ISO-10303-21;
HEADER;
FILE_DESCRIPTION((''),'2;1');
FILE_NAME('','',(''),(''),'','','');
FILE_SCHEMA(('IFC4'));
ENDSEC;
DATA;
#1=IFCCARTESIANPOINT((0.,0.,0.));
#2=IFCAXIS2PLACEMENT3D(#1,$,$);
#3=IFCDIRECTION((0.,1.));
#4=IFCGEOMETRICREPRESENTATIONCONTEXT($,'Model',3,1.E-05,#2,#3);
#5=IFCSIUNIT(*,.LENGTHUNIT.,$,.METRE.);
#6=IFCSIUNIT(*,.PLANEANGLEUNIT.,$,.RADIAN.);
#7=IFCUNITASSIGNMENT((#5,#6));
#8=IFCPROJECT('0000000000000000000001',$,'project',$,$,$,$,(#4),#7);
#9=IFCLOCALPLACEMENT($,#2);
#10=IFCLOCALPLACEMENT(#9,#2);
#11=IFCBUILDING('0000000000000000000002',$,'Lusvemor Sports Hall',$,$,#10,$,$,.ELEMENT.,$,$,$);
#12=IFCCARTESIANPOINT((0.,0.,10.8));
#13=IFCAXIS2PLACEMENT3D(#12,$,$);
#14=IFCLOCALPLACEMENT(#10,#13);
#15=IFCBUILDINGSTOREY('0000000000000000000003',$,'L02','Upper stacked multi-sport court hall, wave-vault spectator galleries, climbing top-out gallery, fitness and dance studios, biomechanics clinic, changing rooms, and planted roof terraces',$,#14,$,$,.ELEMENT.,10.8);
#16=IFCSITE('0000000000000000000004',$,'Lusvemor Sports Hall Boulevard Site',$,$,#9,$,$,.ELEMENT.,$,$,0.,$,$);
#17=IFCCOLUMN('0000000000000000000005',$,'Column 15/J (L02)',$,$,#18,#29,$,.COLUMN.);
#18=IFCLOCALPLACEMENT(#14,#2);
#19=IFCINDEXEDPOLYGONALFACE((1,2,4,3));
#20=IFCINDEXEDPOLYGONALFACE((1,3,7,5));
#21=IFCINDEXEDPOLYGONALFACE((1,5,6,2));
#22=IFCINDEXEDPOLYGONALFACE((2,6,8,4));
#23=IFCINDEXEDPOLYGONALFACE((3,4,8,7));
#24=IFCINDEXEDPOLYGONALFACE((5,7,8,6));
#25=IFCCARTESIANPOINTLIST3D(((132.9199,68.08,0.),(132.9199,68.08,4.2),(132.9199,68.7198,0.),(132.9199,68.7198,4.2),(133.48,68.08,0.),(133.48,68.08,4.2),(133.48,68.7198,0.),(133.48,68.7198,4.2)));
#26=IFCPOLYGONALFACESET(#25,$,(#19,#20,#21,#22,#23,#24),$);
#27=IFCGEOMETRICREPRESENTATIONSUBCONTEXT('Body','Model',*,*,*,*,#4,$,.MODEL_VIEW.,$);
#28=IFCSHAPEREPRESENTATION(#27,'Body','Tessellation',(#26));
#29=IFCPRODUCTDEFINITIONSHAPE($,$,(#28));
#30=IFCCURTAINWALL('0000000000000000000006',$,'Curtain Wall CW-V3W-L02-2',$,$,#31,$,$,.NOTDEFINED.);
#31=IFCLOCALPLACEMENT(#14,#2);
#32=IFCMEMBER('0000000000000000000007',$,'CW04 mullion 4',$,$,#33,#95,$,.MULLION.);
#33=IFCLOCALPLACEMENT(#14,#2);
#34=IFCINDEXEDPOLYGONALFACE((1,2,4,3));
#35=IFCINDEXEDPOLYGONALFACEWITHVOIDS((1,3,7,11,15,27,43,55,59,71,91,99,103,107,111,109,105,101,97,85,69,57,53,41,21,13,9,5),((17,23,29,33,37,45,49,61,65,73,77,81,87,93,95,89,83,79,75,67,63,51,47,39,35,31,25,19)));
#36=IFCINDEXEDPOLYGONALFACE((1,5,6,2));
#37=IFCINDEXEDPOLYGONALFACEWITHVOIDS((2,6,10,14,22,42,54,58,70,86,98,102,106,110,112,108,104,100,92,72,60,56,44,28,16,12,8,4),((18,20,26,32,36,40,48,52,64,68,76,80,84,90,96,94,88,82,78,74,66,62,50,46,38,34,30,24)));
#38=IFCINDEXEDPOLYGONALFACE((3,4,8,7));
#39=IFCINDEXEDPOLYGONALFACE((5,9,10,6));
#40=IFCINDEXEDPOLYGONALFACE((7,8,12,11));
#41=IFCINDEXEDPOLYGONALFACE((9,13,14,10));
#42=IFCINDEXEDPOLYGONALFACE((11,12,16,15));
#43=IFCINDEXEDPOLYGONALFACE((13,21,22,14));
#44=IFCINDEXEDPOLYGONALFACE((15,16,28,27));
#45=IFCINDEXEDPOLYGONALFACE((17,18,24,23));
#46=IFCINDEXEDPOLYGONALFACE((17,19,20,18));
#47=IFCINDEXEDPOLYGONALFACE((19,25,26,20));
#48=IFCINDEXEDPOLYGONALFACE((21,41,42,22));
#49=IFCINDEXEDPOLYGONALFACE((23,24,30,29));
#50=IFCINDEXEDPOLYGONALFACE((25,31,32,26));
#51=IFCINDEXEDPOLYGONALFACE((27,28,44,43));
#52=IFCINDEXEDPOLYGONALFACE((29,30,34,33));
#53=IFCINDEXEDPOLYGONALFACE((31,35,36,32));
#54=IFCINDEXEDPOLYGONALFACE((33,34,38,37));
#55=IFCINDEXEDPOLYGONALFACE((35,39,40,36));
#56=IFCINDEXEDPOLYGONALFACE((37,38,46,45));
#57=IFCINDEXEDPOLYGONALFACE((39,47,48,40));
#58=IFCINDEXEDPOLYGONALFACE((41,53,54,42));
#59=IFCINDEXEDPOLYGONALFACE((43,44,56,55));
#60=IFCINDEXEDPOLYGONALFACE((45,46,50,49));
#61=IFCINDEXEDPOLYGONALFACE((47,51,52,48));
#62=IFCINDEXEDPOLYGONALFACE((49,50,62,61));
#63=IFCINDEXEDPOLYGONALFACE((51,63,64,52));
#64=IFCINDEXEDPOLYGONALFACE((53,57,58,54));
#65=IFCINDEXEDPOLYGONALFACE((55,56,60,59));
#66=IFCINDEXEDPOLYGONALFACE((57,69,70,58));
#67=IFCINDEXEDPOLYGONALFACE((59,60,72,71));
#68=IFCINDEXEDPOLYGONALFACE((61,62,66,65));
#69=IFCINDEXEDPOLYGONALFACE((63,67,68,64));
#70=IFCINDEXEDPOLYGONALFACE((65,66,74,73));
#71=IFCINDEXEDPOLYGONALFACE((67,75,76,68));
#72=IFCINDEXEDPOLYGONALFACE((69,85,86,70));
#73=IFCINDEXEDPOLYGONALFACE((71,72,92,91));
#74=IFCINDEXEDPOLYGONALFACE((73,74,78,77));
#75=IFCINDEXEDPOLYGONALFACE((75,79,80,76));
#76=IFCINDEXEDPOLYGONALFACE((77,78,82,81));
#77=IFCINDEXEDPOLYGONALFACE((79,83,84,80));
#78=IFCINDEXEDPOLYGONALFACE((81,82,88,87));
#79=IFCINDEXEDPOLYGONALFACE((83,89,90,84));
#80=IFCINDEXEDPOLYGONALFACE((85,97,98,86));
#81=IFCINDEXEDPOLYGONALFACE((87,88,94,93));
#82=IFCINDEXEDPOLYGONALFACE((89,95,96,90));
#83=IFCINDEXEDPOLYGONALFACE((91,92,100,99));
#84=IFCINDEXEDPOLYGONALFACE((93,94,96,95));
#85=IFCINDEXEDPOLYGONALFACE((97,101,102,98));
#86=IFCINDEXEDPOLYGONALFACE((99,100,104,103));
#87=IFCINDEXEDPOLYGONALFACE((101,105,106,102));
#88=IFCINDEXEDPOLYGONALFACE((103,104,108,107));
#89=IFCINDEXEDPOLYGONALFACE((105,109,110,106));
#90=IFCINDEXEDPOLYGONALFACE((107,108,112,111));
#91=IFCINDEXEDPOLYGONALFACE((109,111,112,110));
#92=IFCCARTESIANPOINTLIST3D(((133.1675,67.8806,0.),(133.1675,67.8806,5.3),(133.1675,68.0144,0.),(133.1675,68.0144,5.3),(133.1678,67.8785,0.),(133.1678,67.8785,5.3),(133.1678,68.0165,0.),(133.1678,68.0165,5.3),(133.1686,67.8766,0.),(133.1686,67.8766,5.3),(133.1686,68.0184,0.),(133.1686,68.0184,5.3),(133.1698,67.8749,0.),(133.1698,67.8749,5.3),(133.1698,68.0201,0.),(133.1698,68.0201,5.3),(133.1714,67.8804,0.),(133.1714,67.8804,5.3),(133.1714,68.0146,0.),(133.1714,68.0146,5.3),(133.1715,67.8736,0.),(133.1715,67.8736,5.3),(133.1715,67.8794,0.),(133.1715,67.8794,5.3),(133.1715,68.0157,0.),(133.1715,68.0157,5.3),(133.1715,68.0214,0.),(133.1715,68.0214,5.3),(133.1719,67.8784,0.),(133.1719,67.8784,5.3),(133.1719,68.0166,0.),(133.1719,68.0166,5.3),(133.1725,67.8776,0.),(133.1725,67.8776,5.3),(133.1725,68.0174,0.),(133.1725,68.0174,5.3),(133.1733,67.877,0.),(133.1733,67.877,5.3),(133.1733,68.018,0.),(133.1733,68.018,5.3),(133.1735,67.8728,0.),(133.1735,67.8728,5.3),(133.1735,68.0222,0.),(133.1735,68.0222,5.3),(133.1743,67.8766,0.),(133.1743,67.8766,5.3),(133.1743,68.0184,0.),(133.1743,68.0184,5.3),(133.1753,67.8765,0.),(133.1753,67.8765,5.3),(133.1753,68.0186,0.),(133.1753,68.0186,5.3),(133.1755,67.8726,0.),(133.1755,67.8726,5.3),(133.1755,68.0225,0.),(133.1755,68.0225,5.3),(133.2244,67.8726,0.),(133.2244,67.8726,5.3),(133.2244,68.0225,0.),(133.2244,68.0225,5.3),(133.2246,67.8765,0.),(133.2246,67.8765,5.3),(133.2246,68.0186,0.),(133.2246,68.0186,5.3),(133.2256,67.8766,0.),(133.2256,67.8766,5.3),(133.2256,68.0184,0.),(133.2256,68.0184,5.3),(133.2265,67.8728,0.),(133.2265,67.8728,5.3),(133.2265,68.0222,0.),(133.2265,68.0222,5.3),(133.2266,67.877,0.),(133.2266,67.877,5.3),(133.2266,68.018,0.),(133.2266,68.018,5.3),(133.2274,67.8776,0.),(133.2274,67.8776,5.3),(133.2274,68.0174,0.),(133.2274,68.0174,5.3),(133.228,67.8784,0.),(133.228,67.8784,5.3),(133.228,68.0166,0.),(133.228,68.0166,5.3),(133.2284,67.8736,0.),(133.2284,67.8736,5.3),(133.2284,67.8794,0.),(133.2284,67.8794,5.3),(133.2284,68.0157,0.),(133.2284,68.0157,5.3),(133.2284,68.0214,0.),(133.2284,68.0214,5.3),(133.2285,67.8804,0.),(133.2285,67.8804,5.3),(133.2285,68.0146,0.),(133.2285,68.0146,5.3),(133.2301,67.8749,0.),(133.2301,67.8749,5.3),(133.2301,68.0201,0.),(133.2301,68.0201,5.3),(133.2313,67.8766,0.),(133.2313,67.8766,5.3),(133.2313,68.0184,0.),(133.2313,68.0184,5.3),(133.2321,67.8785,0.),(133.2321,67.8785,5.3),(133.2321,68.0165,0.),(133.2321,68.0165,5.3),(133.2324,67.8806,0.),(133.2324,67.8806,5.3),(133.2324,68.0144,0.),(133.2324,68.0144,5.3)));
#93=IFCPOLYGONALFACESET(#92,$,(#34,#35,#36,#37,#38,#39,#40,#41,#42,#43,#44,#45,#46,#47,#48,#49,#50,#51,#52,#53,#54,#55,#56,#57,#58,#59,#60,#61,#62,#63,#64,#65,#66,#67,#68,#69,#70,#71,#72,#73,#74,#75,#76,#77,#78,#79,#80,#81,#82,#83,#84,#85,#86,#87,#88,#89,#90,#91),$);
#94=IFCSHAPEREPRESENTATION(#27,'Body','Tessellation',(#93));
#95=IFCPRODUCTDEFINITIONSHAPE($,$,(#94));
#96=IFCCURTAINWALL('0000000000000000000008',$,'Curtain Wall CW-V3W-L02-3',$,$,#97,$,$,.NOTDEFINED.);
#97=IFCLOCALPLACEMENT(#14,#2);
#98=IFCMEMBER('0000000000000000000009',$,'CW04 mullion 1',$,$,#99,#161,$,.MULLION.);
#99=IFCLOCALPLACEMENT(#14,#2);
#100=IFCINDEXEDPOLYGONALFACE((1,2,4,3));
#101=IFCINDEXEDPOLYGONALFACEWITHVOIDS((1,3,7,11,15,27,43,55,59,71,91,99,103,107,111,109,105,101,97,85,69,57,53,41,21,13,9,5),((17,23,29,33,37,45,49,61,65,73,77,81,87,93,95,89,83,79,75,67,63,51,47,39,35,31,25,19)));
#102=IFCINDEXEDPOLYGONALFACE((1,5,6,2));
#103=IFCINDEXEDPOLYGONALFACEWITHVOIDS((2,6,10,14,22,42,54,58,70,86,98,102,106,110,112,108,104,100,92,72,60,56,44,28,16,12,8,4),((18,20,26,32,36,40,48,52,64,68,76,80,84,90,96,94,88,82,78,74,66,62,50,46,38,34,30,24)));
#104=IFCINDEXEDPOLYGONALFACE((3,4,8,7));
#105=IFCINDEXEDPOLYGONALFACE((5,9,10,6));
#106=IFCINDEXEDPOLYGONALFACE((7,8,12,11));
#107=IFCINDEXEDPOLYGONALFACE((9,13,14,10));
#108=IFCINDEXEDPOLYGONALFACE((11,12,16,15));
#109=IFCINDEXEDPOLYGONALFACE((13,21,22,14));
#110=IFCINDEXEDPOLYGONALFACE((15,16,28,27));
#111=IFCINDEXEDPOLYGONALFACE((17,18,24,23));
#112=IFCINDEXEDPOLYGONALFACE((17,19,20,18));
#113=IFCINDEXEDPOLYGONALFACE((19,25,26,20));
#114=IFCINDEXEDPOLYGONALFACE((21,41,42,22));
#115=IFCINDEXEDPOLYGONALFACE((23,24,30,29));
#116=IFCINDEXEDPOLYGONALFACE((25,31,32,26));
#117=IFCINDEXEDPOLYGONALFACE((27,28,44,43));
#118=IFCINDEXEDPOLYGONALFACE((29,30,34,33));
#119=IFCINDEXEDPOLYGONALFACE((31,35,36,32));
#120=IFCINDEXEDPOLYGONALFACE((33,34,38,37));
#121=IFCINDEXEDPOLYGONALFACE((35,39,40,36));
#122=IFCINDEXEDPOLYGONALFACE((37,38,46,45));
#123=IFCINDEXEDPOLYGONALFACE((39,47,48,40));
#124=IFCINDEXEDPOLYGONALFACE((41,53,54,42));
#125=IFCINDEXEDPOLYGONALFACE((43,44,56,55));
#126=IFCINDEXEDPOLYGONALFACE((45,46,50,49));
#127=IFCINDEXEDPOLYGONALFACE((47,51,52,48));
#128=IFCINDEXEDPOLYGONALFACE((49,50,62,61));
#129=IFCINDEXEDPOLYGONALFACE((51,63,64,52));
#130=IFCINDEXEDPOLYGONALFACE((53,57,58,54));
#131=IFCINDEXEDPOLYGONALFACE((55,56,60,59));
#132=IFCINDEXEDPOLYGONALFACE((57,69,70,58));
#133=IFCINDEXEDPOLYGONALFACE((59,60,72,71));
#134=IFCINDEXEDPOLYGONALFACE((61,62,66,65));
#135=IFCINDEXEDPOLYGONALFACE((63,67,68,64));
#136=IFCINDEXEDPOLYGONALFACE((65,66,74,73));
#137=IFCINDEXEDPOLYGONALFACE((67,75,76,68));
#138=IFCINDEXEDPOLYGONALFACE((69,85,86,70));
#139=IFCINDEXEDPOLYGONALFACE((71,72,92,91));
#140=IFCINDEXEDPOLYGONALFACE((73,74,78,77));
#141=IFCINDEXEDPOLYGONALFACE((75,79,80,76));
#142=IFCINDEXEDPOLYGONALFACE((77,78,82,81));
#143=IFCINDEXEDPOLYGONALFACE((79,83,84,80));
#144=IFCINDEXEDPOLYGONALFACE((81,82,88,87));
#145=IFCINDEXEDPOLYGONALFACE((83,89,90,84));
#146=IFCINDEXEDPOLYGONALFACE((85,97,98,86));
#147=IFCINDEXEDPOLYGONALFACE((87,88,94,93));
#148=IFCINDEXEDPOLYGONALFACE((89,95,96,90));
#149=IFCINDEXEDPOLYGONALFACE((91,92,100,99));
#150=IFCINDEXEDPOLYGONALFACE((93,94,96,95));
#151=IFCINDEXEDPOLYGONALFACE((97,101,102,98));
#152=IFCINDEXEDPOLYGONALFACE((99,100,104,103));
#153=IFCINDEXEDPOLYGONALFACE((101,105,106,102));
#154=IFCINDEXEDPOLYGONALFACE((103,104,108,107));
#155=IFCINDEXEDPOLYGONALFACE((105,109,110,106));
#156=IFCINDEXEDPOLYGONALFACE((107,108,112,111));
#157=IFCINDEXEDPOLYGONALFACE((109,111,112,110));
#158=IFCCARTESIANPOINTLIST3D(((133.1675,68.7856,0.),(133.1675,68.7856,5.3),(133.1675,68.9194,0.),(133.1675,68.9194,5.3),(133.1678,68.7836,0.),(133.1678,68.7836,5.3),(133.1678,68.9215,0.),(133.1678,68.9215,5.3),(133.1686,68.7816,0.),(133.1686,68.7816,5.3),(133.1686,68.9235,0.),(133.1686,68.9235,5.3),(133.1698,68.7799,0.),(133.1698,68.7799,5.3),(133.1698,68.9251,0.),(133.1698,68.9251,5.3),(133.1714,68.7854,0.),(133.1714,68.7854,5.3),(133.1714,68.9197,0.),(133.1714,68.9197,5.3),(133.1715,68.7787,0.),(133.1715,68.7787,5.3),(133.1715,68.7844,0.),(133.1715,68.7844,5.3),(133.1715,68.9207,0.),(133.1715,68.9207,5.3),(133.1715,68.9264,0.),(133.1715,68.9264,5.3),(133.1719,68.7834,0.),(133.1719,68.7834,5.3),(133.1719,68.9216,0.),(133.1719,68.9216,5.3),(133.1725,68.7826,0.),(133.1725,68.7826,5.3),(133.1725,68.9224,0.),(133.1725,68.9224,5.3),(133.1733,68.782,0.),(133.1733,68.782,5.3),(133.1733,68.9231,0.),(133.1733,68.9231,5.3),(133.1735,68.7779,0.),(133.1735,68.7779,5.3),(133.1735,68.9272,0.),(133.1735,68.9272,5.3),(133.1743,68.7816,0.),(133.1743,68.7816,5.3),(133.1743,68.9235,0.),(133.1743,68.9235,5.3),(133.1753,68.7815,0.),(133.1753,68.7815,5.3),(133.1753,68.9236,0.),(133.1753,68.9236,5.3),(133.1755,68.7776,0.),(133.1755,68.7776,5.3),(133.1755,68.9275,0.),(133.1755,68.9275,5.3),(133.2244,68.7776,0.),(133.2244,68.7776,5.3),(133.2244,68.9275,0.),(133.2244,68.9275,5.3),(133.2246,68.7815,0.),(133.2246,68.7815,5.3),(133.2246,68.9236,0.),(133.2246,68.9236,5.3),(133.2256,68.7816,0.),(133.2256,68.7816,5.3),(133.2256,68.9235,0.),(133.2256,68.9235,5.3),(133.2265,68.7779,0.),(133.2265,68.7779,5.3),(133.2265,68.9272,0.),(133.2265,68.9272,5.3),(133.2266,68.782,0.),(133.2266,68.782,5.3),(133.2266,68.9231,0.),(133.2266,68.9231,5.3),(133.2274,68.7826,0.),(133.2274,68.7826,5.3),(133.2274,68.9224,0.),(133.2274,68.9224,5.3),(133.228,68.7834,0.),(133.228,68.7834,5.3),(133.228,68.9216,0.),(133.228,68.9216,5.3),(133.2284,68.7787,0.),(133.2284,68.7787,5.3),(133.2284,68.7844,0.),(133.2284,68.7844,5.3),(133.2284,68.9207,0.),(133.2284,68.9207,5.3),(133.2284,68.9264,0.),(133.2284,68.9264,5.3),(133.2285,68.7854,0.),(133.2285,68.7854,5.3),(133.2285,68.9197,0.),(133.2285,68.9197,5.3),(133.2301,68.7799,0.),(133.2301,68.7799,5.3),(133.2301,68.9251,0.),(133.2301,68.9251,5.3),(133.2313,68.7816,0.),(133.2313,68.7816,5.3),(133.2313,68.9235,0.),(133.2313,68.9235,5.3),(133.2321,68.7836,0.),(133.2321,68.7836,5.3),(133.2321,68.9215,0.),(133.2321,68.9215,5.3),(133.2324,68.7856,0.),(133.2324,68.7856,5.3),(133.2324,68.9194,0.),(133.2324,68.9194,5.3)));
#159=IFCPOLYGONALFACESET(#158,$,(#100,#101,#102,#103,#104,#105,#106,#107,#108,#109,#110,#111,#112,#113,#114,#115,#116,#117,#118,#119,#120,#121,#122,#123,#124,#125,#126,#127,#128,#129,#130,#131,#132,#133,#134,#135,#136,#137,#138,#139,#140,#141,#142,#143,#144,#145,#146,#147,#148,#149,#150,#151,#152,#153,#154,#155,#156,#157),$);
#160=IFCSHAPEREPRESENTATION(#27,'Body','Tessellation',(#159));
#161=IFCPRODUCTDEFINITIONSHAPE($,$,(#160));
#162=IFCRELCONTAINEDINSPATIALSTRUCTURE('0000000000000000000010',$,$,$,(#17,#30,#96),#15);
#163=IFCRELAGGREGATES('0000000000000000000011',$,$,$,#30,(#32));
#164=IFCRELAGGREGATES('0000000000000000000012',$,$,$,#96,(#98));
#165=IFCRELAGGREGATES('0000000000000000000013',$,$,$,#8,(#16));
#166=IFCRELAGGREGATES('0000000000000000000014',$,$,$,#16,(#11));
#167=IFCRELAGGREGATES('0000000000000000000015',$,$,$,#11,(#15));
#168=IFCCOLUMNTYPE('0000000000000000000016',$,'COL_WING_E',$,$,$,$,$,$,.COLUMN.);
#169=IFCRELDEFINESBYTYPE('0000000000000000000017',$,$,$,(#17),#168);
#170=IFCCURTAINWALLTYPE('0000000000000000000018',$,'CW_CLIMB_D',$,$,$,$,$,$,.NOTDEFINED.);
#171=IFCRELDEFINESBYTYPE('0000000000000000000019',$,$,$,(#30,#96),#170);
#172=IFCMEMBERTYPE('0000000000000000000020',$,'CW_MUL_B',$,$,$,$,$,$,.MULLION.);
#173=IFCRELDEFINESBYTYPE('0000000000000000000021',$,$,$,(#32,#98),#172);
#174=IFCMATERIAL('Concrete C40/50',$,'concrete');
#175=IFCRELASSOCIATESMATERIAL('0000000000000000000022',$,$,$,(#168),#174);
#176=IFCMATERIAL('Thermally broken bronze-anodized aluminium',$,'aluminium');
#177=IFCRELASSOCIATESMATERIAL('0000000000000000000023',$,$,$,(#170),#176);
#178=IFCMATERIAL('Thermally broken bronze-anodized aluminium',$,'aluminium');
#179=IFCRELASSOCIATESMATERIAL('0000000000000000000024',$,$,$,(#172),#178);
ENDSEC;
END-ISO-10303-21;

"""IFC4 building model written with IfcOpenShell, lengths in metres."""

from ifc_helpers import new_model, si_unit, direction, frame, origin, origin_2d, place, context, subcontext, project, spatial, rectangle, hollow_rectangle, extrude, material, material_profile, profile_set, type_object, element, aggregate, save


model = new_model("IFC4")

# Units and contexts
model_context = context("Model", 3, precision=1e-05, world=origin(), true_north=direction((0.0, 1.0)))
body_context = subcontext(model_context, "Body", "Model", "MODEL_VIEW")
ifc_project = project(units=[si_unit("LENGTHUNIT", "METRE"), si_unit("PLANEANGLEUNIT", "RADIAN")], contexts=[model_context])

# Site, building, storey
site_placement = place(None, origin())
site = spatial("IfcSite", under=ifc_project, at=site_placement, Name="Lusvemor Sports Hall Boulevard Site", CompositionType="ELEMENT", RefElevation=0.0)
building_placement = place(site_placement, origin())
building = spatial("IfcBuilding", under=site, at=building_placement, Name="Lusvemor Sports Hall", CompositionType="ELEMENT")
storey_placement = place(building_placement, frame((0.0, 0.0, 10.8)))
storey = spatial("IfcBuildingStorey", under=building, at=storey_placement, Name="L02", Description="Upper stacked multi-sport court hall, wave-vault spectator galleries, climbing top-out gallery, fitness and dance studios, biomechanics clinic, changing rooms, and planted roof terraces", CompositionType="ELEMENT", Elevation=10.8)

# Column
ifc_material_1 = material(Name="Concrete C40/50", Category="concrete")
ifc_material_profile_1 = material_profile(ifc_material_1, rectangle(XDim=0.5601, YDim=0.6399, at=origin_2d()), Name="RC560x640")
ifc_profile_set_1 = profile_set([ifc_material_profile_1], Name="Concrete C40/50")
column_type = type_object("IfcColumnType", Name="COL_WING_E", PredefinedType="COLUMN", material=ifc_profile_set_1)
column_placement = place(storey_placement, frame((133.2, 68.3999, 0.0), z_axis=(0.0, 0.0, 1.0), x_axis=(1.0, 0.0, 0.0)))
element("IfcColumn", 1, at=column_placement, inside=storey, type_object=column_type, Name="Column 15/J (L02)", PredefinedType="COLUMN", context=body_context, shape_type="SweptSolid", body=[
    extrude(rectangle(XDim=0.5601, YDim=0.6399, at=origin_2d()), origin(), (0.0, 0.0, 1.0), 4.2),
])

# Curtain wall, member
ifc_material_2 = material(Name="Thermally broken bronze-anodized aluminium", Category="aluminium")
curtain_wall_type = type_object("IfcCurtainWallType", Name="CW_CLIMB_D", PredefinedType="NOTDEFINED", material=ifc_material_2)
curtain_wall_1_placement = place(storey_placement, origin())
curtain_wall_1 = element("IfcCurtainWall", 2, at=curtain_wall_1_placement, inside=storey, type_object=curtain_wall_type, Name="Curtain Wall CW-V3W-L02-2", PredefinedType="NOTDEFINED")
ifc_material_3 = material(Name="Thermally broken bronze-anodized aluminium", Category="aluminium")
ifc_material_profile_2 = material_profile(ifc_material_3, hollow_rectangle(XDim=0.0649, YDim=0.1499, WallThickness=0.0039, InnerFilletRadius=0.0039, OuterFilletRadius=0.0081, at=origin_2d()), Name="CWMUL150x65x4")
ifc_profile_set_2 = profile_set([ifc_material_profile_2], Name="Thermally broken bronze-anodized aluminium")
member_type_1 = type_object("IfcMemberType", Name="CW_MUL_B", PredefinedType="MULLION", material=ifc_profile_set_2)
member_1_placement = place(storey_placement, frame((133.2, 67.9475, 0.0), z_axis=(0.0, 0.0, 1.0), x_axis=(-1.0, 0.0, 0.0)))
member_1 = element("IfcMember", 3, at=member_1_placement, type_object=member_type_1, Name="CW04 mullion 4", PredefinedType="MULLION", context=body_context, shape_type="SweptSolid", body=[
    extrude(hollow_rectangle(XDim=0.0649, YDim=0.1499, WallThickness=0.0039, InnerFilletRadius=0.0039, OuterFilletRadius=0.0081, at=origin_2d()), origin(), (0.0, 0.0, 1.0), 5.3),
])

# Curtain wall, member
curtain_wall_2_placement = place(storey_placement, origin())
curtain_wall_2 = element("IfcCurtainWall", 4, at=curtain_wall_2_placement, inside=storey, type_object=curtain_wall_type, Name="Curtain Wall CW-V3W-L02-3", PredefinedType="NOTDEFINED")
member_2_placement = place(storey_placement, frame((133.2, 68.8525, 0.0), z_axis=(0.0, 0.0, 1.0), x_axis=(-1.0, 0.0, 0.0)))
member_2 = element("IfcMember", 5, at=member_2_placement, type_object=member_type_1, Name="CW04 mullion 1", PredefinedType="MULLION", context=body_context, shape_type="SweptSolid", body=[
    extrude(hollow_rectangle(XDim=0.0649, YDim=0.1499, WallThickness=0.0039, InnerFilletRadius=0.0039, OuterFilletRadius=0.0081, at=origin_2d()), origin(), (0.0, 0.0, 1.0), 5.3),
])

aggregate(curtain_wall_1, [member_1])
aggregate(curtain_wall_2, [member_2])

save(model, "model.ifc")
